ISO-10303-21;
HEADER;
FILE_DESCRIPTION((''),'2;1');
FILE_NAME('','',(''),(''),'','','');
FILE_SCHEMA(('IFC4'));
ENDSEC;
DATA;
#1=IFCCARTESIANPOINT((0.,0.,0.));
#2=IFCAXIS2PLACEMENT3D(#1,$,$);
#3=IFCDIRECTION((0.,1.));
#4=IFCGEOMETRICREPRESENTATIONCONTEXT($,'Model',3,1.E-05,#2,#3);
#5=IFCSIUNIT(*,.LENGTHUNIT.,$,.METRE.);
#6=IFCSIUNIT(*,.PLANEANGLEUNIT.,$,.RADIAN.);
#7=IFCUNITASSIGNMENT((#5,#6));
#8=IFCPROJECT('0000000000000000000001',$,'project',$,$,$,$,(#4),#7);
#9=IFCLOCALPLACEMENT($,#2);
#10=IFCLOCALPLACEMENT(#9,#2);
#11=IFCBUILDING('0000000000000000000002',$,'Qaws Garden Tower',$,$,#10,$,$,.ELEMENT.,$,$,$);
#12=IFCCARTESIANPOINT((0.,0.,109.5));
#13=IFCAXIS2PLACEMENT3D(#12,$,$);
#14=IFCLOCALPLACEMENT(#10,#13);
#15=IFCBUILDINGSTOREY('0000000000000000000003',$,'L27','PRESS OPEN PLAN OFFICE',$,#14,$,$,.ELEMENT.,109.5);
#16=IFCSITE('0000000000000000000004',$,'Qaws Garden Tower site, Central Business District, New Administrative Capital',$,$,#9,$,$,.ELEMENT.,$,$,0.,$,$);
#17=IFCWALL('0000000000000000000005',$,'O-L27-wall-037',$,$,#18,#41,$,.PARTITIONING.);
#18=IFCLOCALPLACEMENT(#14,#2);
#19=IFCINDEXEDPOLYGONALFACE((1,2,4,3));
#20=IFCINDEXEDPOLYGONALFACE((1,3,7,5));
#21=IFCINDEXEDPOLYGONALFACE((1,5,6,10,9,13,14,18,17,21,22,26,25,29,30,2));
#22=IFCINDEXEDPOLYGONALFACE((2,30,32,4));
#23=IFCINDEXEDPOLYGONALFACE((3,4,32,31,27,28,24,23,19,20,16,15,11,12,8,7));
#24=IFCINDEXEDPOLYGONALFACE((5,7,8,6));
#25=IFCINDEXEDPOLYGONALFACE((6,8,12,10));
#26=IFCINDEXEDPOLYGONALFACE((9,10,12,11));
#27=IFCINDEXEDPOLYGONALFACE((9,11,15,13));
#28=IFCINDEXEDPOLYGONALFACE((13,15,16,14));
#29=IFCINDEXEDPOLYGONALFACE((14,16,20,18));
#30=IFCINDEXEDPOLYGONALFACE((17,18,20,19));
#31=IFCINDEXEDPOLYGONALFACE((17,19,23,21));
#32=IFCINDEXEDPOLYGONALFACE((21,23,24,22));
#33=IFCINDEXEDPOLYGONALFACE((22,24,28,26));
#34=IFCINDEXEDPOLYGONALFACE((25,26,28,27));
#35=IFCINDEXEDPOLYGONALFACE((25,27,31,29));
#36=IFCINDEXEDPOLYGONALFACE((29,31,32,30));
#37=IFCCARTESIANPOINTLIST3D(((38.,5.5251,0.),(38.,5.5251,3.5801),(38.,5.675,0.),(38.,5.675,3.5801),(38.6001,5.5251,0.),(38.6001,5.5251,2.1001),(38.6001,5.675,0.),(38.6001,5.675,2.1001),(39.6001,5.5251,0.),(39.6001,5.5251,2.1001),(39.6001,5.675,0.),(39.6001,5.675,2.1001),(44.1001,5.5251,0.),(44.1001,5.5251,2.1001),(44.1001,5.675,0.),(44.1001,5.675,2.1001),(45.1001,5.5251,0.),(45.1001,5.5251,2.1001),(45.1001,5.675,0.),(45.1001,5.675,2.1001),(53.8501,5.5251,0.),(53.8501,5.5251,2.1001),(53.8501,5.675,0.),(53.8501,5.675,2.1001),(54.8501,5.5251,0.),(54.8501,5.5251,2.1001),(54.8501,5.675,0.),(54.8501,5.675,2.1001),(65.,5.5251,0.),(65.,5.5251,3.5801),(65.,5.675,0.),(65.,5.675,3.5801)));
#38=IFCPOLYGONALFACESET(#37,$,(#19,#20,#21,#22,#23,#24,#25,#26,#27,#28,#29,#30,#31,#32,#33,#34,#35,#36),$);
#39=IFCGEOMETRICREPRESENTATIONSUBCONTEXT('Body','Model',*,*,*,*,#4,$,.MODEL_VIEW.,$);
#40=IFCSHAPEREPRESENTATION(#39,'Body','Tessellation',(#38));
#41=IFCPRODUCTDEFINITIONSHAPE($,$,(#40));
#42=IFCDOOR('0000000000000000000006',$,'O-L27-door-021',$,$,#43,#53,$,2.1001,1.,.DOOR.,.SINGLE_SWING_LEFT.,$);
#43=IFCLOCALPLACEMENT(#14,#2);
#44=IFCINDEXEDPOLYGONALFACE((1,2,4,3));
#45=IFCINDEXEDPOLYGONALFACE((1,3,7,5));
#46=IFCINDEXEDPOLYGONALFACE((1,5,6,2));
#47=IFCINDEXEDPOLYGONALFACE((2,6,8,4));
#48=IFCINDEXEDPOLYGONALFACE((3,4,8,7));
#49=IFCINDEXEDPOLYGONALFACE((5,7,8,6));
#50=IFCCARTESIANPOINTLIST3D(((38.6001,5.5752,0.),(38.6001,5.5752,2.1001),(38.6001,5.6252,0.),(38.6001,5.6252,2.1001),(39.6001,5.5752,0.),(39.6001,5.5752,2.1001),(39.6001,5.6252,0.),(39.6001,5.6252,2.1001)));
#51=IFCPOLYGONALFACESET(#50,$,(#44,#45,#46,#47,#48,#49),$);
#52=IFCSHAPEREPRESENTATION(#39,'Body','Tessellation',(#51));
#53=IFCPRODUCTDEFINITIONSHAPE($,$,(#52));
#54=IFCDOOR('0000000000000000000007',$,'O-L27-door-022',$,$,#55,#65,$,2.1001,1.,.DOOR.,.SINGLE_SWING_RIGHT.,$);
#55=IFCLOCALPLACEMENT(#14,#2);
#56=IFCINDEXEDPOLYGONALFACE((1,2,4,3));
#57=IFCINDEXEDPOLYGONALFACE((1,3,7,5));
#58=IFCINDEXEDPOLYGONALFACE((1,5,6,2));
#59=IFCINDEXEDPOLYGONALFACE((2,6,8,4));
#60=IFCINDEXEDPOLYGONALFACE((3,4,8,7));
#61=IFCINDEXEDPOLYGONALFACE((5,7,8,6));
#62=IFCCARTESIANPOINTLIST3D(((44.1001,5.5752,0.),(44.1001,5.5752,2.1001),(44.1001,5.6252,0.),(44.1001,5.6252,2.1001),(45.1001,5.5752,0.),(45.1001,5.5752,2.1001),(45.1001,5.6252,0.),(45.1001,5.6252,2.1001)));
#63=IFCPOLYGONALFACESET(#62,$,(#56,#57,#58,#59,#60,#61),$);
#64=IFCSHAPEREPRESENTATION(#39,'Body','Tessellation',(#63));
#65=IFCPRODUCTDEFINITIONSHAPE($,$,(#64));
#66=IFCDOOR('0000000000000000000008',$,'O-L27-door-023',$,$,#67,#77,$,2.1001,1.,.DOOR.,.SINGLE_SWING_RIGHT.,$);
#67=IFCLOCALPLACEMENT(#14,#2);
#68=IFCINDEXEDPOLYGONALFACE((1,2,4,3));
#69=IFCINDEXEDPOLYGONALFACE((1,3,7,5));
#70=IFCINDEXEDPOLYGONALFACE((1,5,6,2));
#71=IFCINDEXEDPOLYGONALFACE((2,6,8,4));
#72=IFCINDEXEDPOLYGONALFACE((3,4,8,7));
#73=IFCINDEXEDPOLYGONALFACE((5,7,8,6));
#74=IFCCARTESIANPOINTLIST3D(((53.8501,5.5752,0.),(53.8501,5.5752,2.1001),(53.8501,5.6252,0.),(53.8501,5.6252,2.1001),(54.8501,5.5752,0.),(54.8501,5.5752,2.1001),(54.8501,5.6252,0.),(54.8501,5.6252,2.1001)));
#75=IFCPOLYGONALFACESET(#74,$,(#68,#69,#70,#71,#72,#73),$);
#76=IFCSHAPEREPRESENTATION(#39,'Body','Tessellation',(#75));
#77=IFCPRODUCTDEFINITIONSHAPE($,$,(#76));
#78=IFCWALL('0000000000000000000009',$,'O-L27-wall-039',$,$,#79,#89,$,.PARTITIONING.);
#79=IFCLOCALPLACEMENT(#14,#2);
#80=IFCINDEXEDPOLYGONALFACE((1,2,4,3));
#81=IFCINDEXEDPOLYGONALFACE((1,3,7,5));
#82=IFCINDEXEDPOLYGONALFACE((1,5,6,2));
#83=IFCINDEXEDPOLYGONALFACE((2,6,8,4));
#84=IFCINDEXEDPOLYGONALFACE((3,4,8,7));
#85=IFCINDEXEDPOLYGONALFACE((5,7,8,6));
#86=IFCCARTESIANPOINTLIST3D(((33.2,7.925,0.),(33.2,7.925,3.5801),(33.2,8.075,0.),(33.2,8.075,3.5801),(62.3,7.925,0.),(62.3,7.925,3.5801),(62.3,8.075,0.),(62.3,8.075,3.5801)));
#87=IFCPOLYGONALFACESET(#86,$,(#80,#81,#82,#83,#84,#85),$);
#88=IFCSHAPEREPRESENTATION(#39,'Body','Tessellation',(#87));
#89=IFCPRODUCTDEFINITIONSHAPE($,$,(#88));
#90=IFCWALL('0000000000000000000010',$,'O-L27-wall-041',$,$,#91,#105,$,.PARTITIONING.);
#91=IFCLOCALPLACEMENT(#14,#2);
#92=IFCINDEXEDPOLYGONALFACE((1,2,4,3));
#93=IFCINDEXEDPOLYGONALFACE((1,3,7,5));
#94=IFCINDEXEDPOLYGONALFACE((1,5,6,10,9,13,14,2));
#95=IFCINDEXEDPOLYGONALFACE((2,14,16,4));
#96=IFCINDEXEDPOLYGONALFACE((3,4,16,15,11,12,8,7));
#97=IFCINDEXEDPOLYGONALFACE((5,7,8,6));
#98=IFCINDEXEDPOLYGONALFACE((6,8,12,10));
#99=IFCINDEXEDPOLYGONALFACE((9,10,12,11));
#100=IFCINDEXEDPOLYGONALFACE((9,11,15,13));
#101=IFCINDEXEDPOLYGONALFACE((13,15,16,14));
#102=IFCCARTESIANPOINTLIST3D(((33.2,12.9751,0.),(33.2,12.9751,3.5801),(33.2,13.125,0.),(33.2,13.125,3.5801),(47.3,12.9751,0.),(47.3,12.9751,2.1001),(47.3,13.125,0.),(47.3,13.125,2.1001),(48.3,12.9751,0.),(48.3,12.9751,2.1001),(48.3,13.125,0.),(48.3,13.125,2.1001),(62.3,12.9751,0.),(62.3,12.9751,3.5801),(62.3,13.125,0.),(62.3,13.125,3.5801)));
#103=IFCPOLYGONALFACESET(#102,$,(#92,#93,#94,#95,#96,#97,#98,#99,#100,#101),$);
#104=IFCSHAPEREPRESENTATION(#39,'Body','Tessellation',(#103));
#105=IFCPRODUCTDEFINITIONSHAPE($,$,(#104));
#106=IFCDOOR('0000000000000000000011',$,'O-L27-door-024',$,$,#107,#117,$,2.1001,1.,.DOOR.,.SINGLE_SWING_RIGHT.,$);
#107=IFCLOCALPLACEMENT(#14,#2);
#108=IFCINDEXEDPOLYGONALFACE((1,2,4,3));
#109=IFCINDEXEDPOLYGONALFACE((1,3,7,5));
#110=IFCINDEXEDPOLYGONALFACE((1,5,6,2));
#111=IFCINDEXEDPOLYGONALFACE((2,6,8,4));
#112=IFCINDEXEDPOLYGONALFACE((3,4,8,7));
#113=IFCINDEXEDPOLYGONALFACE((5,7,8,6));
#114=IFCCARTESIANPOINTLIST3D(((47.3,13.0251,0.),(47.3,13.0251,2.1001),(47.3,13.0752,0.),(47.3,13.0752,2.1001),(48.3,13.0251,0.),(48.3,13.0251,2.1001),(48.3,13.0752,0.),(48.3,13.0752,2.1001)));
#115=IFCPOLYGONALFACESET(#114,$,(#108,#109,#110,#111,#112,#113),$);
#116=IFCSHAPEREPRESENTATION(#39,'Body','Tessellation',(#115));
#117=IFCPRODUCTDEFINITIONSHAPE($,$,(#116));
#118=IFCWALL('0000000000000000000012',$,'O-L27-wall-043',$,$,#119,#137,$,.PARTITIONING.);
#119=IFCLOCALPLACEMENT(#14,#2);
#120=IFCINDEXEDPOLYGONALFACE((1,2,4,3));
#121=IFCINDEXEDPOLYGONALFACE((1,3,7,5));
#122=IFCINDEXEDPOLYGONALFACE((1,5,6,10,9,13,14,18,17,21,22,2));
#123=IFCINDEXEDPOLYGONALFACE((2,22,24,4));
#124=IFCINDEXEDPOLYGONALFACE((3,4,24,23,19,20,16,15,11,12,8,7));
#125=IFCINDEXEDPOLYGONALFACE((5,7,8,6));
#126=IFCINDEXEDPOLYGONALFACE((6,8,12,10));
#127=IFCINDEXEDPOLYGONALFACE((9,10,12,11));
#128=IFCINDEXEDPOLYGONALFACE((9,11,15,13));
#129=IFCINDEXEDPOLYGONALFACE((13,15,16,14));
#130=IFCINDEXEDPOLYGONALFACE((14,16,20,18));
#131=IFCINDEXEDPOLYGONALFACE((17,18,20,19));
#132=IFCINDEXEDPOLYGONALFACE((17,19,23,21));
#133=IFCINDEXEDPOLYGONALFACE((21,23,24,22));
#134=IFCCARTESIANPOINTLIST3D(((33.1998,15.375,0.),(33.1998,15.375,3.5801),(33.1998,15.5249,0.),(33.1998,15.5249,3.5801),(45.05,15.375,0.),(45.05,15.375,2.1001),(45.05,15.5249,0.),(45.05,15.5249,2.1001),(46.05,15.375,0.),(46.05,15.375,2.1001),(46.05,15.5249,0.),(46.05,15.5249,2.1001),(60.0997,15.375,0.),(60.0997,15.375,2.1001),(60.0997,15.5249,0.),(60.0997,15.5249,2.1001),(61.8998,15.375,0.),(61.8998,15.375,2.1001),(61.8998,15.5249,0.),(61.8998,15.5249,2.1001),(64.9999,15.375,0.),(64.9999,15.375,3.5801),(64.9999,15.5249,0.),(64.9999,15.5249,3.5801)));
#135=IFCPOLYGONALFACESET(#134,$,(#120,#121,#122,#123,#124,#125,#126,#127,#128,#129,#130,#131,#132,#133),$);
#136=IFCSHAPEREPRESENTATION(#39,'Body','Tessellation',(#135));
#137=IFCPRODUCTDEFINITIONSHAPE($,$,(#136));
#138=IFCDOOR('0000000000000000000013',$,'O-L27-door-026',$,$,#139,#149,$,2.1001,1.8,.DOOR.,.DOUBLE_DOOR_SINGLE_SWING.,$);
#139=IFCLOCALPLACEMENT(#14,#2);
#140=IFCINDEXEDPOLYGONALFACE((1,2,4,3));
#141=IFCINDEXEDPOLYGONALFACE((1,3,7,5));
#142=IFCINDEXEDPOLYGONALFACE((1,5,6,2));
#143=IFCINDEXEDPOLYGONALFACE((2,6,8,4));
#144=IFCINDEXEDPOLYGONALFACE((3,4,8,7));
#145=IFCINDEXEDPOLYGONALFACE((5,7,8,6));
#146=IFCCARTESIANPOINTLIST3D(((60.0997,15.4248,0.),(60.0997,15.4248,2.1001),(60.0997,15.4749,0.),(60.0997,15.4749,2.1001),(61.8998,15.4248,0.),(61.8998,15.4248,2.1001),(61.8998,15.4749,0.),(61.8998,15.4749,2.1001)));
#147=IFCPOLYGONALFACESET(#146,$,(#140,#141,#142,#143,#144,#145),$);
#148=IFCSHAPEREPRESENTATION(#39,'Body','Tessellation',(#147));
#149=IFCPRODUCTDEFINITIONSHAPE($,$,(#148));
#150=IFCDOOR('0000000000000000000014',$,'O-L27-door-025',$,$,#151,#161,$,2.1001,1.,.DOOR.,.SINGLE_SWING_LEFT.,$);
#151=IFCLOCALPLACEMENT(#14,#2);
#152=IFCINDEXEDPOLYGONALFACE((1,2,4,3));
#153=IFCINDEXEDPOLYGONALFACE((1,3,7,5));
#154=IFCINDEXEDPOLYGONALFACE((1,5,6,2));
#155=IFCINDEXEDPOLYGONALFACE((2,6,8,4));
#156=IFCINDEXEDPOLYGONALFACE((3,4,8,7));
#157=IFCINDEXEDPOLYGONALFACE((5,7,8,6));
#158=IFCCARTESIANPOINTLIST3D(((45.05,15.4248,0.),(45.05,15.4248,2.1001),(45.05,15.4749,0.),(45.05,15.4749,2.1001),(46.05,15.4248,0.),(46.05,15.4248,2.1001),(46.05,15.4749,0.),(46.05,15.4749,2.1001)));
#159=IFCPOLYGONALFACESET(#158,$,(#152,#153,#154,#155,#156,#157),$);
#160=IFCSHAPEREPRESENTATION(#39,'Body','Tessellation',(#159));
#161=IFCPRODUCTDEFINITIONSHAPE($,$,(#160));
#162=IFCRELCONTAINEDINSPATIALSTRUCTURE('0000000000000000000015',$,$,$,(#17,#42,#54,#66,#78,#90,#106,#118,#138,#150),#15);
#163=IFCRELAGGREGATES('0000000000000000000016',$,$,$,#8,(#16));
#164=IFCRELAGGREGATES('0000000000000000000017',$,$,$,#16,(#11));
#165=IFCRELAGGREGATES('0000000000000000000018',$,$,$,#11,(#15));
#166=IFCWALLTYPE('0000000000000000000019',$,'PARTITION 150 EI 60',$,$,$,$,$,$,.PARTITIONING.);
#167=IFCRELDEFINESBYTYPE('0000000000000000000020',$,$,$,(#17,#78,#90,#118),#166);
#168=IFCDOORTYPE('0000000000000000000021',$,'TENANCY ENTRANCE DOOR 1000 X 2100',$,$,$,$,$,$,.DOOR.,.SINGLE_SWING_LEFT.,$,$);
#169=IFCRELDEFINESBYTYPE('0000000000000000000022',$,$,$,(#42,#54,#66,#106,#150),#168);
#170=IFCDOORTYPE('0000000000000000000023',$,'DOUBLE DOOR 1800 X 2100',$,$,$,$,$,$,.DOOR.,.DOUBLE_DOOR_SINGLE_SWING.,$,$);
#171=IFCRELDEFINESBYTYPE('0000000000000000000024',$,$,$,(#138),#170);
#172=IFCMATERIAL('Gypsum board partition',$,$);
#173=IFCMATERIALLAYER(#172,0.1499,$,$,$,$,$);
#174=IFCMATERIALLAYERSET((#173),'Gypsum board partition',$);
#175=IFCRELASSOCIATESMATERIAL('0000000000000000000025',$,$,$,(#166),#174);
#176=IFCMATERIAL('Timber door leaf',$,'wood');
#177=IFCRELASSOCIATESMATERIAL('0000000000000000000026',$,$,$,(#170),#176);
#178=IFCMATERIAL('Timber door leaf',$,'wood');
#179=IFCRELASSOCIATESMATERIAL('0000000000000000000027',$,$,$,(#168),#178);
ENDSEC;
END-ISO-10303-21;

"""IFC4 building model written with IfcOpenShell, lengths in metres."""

from ifc_helpers import new_model, si_unit, direction, frame, frame_2d, origin, place, context, subcontext, project, spatial, rectangle, extrude, material, layer, layer_set, type_object, element, fill, save


model = new_model("IFC4")

# Units and contexts
model_context = context("Model", 3, precision=1e-05, world=origin(), true_north=direction((0.0, 1.0)))
body_context = subcontext(model_context, "Body", "Model", "MODEL_VIEW")
ifc_project = project(units=[si_unit("LENGTHUNIT", "METRE"), si_unit("PLANEANGLEUNIT", "RADIAN")], contexts=[model_context])

# Site, building, storey
site_placement = place(None, origin())
site = spatial("IfcSite", under=ifc_project, at=site_placement, Name="Qaws Garden Tower site, Central Business District, New Administrative Capital", CompositionType="ELEMENT", RefElevation=0.0)
building_placement = place(site_placement, origin())
building = spatial("IfcBuilding", under=site, at=building_placement, Name="Qaws Garden Tower", CompositionType="ELEMENT")
storey_placement = place(building_placement, frame((0.0, 0.0, 109.5)))
storey = spatial("IfcBuildingStorey", under=building, at=storey_placement, Name="L27", Description="PRESS OPEN PLAN OFFICE", CompositionType="ELEMENT", Elevation=109.5)

# Shared definitions
ifc_material_1 = material(Name="Gypsum board partition")
ifc_layer_1 = layer(ifc_material_1, 0.1499)
ifc_layer_set_1 = layer_set([ifc_layer_1], Name="Gypsum board partition")
wall_type_1 = type_object("IfcWallType", Name="PARTITION 150 EI 60", PredefinedType="PARTITIONING", material=ifc_layer_set_1)

# Shared definitions
ifc_material_2 = material(Name="Timber door leaf", Category="wood")
door_type_1 = type_object("IfcDoorType", Name="DOUBLE DOOR 1800 X 2100", OperationType="DOUBLE_DOOR_SINGLE_SWING", PredefinedType="DOOR", material=ifc_material_2)

# Wall, openings, doors
wall_1_placement = place(storey_placement, frame((38.0, 5.6001, 0.0), z_axis=(0.0, 0.0, 1.0), x_axis=(1.0, 0.0, 0.0)))
wall_1 = element("IfcWall", 1, at=wall_1_placement, inside=storey, type_object=wall_type_1, Name="O-L27-wall-037", PredefinedType="PARTITIONING", context=body_context, shape_type="SweptSolid", body=[
    extrude(rectangle(XDim=27.0, YDim=0.1499, at=frame_2d((13.5, 0.0))), origin(), (0.0, 0.0, 1.0), 3.5801),
])
opening_1_placement = place(wall_1_placement, frame((0.6001, 0.0, 0.0)))
opening_1 = element("IfcOpeningElement", 2, at=opening_1_placement, cuts=wall_1, PredefinedType="OPENING", context=body_context, shape_type="SweptSolid", body=[
    extrude(rectangle(XDim=1.0, YDim=2.1001, at=frame_2d((0.5, 1.05))), frame((0.0, 0.085, 0.0), z_axis=(0.0, -1.0, 0.0), x_axis=(1.0, 0.0, 0.0)), (0.0, 0.0, 1.0), 0.1699),
])
opening_2_placement = place(wall_1_placement, frame((6.1001, 0.0, 0.0)))
opening_2 = element("IfcOpeningElement", 3, at=opening_2_placement, cuts=wall_1, PredefinedType="OPENING", context=body_context, shape_type="SweptSolid", body=[
    extrude(rectangle(XDim=1.0, YDim=2.1001, at=frame_2d((0.5, 1.05))), frame((0.0, 0.085, 0.0), z_axis=(0.0, -1.0, 0.0), x_axis=(1.0, 0.0, 0.0)), (0.0, 0.0, 1.0), 0.1699),
])
opening_3_placement = place(wall_1_placement, frame((15.8501, 0.0, 0.0)))
opening_3 = element("IfcOpeningElement", 4, at=opening_3_placement, cuts=wall_1, PredefinedType="OPENING", context=body_context, shape_type="SweptSolid", body=[
    extrude(rectangle(XDim=1.0, YDim=2.1001, at=frame_2d((0.5, 1.05))), frame((0.0, 0.085, 0.0), z_axis=(0.0, -1.0, 0.0), x_axis=(1.0, 0.0, 0.0)), (0.0, 0.0, 1.0), 0.1699),
])
ifc_material_3 = material(Name="Timber door leaf", Category="wood")
door_type_2 = type_object("IfcDoorType", Name="TENANCY ENTRANCE DOOR 1000 X 2100", OperationType="SINGLE_SWING_LEFT", PredefinedType="DOOR", material=ifc_material_3)
door_1_placement = place(opening_1_placement, frame((1.0, 0.0, 0.0), z_axis=(0.0, 0.0, 1.0), x_axis=(-1.0, 0.0, 0.0)))
door_1 = element("IfcDoor", 5, at=door_1_placement, inside=storey, type_object=door_type_2, Name="O-L27-door-021", OperationType="SINGLE_SWING_LEFT", OverallHeight=2.1001, OverallWidth=1.0, PredefinedType="DOOR", context=body_context, shape_type="SweptSolid", body=[
    extrude(rectangle(XDim=1.0, YDim=2.1001, at=frame_2d((0.5, 1.05))), frame((0.0, 0.0249, 0.0), z_axis=(0.0, -1.0, 0.0), x_axis=(1.0, 0.0, 0.0)), (0.0, 0.0, 1.0), 0.05),
])
fill(opening_1, door_1)
door_2_placement = place(opening_2_placement, frame((1.0, 0.0, 0.0), z_axis=(0.0, 0.0, 1.0), x_axis=(-1.0, 0.0, 0.0)))
door_2 = element("IfcDoor", 6, at=door_2_placement, inside=storey, type_object=door_type_2, Name="O-L27-door-022", OperationType="SINGLE_SWING_RIGHT", OverallHeight=2.1001, OverallWidth=1.0, PredefinedType="DOOR", context=body_context, shape_type="SweptSolid", body=[
    extrude(rectangle(XDim=1.0, YDim=2.1001, at=frame_2d((0.5, 1.05))), frame((0.0, 0.0249, 0.0), z_axis=(0.0, -1.0, 0.0), x_axis=(1.0, 0.0, 0.0)), (0.0, 0.0, 1.0), 0.05),
])
fill(opening_2, door_2)
door_3_placement = place(opening_3_placement, frame((1.0, 0.0, 0.0), z_axis=(0.0, 0.0, 1.0), x_axis=(-1.0, 0.0, 0.0)))
door_3 = element("IfcDoor", 7, at=door_3_placement, inside=storey, type_object=door_type_2, Name="O-L27-door-023", OperationType="SINGLE_SWING_RIGHT", OverallHeight=2.1001, OverallWidth=1.0, PredefinedType="DOOR", context=body_context, shape_type="SweptSolid", body=[
    extrude(rectangle(XDim=1.0, YDim=2.1001, at=frame_2d((0.5, 1.05))), frame((0.0, 0.0249, 0.0), z_axis=(0.0, -1.0, 0.0), x_axis=(1.0, 0.0, 0.0)), (0.0, 0.0, 1.0), 0.05),
])
fill(opening_3, door_3)

# Wall
wall_2_placement = place(storey_placement, frame((33.2, 8.0, 0.0), z_axis=(0.0, 0.0, 1.0), x_axis=(1.0, 0.0, 0.0)))
element("IfcWall", 8, at=wall_2_placement, inside=storey, type_object=wall_type_1, Name="O-L27-wall-039", PredefinedType="PARTITIONING", context=body_context, shape_type="SweptSolid", body=[
    extrude(rectangle(XDim=29.1001, YDim=0.1499, at=frame_2d((14.55, 0.0))), origin(), (0.0, 0.0, 1.0), 3.5801),
])

# Wall, opening, door
wall_3_placement = place(storey_placement, frame((33.2, 13.05, 0.0), z_axis=(0.0, 0.0, 1.0), x_axis=(1.0, 0.0, 0.0)))
wall_3 = element("IfcWall", 9, at=wall_3_placement, inside=storey, type_object=wall_type_1, Name="O-L27-wall-041", PredefinedType="PARTITIONING", context=body_context, shape_type="SweptSolid", body=[
    extrude(rectangle(XDim=29.1001, YDim=0.1499, at=frame_2d((14.55, 0.0))), origin(), (0.0, 0.0, 1.0), 3.5801),
])
opening_4_placement = place(wall_3_placement, frame((14.1001, 0.0, 0.0)))
opening_4 = element("IfcOpeningElement", 10, at=opening_4_placement, cuts=wall_3, PredefinedType="OPENING", context=body_context, shape_type="SweptSolid", body=[
    extrude(rectangle(XDim=1.0, YDim=2.1001, at=frame_2d((0.5, 1.05))), frame((0.0, 0.085, 0.0), z_axis=(0.0, -1.0, 0.0), x_axis=(1.0, 0.0, 0.0)), (0.0, 0.0, 1.0), 0.1699),
])
door_4_placement = place(opening_4_placement, frame((1.0, 0.0, 0.0), z_axis=(0.0, 0.0, 1.0), x_axis=(-1.0, 0.0, 0.0)))
door_4 = element("IfcDoor", 11, at=door_4_placement, inside=storey, type_object=door_type_2, Name="O-L27-door-024", OperationType="SINGLE_SWING_RIGHT", OverallHeight=2.1001, OverallWidth=1.0, PredefinedType="DOOR", context=body_context, shape_type="SweptSolid", body=[
    extrude(rectangle(XDim=1.0, YDim=2.1001, at=frame_2d((0.5, 1.05))), frame((0.0, 0.0249, 0.0), z_axis=(0.0, -1.0, 0.0), x_axis=(1.0, 0.0, 0.0)), (0.0, 0.0, 1.0), 0.05),
])
fill(opening_4, door_4)

# Wall, openings, doors
wall_4_placement = place(storey_placement, frame((33.2, 15.45, 0.0), z_axis=(0.0, 0.0, 1.0), x_axis=(1.0, 0.0, 0.0)))
wall_4 = element("IfcWall", 12, at=wall_4_placement, inside=storey, type_object=wall_type_1, Name="O-L27-wall-043", PredefinedType="PARTITIONING", context=body_context, shape_type="SweptSolid", body=[
    extrude(rectangle(XDim=31.8, YDim=0.1499, at=frame_2d((15.8999, 0.0))), origin(), (0.0, 0.0, 1.0), 3.5801),
])
opening_5_placement = place(wall_4_placement, frame((11.8501, 0.0, 0.0)))
opening_5 = element("IfcOpeningElement", 13, at=opening_5_placement, cuts=wall_4, PredefinedType="OPENING", context=body_context, shape_type="SweptSolid", body=[
    extrude(rectangle(XDim=1.0, YDim=2.1001, at=frame_2d((0.5, 1.05))), frame((0.0, 0.085, 0.0), z_axis=(0.0, -1.0, 0.0), x_axis=(1.0, 0.0, 0.0)), (0.0, 0.0, 1.0), 0.1699),
])
opening_6_placement = place(wall_4_placement, frame((26.8999, 0.0, 0.0)))
opening_6 = element("IfcOpeningElement", 14, at=opening_6_placement, cuts=wall_4, PredefinedType="OPENING", context=body_context, shape_type="SweptSolid", body=[
    extrude(rectangle(XDim=1.8, YDim=2.1001, at=frame_2d((0.8999, 1.05))), frame((0.0, 0.085, 0.0), z_axis=(0.0, -1.0, 0.0), x_axis=(1.0, 0.0, 0.0)), (0.0, 0.0, 1.0), 0.1699),
])
door_5_placement = place(opening_6_placement, origin())
door_5 = element("IfcDoor", 15, at=door_5_placement, inside=storey, type_object=door_type_1, Name="O-L27-door-026", OperationType="DOUBLE_DOOR_SINGLE_SWING", OverallHeight=2.1001, OverallWidth=1.8, PredefinedType="DOOR", context=body_context, shape_type="SweptSolid", body=[
    extrude(rectangle(XDim=1.8, YDim=2.1001, at=frame_2d((0.8999, 1.05))), frame((0.0, 0.0249, 0.0), z_axis=(0.0, -1.0, 0.0), x_axis=(1.0, 0.0, 0.0)), (0.0, 0.0, 1.0), 0.05),
])
fill(opening_6, door_5)
door_6_placement = place(opening_5_placement, origin())
door_6 = element("IfcDoor", 16, at=door_6_placement, inside=storey, type_object=door_type_2, Name="O-L27-door-025", OperationType="SINGLE_SWING_LEFT", OverallHeight=2.1001, OverallWidth=1.0, PredefinedType="DOOR", context=body_context, shape_type="SweptSolid", body=[
    extrude(rectangle(XDim=1.0, YDim=2.1001, at=frame_2d((0.5, 1.05))), frame((0.0, 0.0249, 0.0), z_axis=(0.0, -1.0, 0.0), x_axis=(1.0, 0.0, 0.0)), (0.0, 0.0, 1.0), 0.05),
])
fill(opening_5, door_6)

save(model, "model.ifc")
